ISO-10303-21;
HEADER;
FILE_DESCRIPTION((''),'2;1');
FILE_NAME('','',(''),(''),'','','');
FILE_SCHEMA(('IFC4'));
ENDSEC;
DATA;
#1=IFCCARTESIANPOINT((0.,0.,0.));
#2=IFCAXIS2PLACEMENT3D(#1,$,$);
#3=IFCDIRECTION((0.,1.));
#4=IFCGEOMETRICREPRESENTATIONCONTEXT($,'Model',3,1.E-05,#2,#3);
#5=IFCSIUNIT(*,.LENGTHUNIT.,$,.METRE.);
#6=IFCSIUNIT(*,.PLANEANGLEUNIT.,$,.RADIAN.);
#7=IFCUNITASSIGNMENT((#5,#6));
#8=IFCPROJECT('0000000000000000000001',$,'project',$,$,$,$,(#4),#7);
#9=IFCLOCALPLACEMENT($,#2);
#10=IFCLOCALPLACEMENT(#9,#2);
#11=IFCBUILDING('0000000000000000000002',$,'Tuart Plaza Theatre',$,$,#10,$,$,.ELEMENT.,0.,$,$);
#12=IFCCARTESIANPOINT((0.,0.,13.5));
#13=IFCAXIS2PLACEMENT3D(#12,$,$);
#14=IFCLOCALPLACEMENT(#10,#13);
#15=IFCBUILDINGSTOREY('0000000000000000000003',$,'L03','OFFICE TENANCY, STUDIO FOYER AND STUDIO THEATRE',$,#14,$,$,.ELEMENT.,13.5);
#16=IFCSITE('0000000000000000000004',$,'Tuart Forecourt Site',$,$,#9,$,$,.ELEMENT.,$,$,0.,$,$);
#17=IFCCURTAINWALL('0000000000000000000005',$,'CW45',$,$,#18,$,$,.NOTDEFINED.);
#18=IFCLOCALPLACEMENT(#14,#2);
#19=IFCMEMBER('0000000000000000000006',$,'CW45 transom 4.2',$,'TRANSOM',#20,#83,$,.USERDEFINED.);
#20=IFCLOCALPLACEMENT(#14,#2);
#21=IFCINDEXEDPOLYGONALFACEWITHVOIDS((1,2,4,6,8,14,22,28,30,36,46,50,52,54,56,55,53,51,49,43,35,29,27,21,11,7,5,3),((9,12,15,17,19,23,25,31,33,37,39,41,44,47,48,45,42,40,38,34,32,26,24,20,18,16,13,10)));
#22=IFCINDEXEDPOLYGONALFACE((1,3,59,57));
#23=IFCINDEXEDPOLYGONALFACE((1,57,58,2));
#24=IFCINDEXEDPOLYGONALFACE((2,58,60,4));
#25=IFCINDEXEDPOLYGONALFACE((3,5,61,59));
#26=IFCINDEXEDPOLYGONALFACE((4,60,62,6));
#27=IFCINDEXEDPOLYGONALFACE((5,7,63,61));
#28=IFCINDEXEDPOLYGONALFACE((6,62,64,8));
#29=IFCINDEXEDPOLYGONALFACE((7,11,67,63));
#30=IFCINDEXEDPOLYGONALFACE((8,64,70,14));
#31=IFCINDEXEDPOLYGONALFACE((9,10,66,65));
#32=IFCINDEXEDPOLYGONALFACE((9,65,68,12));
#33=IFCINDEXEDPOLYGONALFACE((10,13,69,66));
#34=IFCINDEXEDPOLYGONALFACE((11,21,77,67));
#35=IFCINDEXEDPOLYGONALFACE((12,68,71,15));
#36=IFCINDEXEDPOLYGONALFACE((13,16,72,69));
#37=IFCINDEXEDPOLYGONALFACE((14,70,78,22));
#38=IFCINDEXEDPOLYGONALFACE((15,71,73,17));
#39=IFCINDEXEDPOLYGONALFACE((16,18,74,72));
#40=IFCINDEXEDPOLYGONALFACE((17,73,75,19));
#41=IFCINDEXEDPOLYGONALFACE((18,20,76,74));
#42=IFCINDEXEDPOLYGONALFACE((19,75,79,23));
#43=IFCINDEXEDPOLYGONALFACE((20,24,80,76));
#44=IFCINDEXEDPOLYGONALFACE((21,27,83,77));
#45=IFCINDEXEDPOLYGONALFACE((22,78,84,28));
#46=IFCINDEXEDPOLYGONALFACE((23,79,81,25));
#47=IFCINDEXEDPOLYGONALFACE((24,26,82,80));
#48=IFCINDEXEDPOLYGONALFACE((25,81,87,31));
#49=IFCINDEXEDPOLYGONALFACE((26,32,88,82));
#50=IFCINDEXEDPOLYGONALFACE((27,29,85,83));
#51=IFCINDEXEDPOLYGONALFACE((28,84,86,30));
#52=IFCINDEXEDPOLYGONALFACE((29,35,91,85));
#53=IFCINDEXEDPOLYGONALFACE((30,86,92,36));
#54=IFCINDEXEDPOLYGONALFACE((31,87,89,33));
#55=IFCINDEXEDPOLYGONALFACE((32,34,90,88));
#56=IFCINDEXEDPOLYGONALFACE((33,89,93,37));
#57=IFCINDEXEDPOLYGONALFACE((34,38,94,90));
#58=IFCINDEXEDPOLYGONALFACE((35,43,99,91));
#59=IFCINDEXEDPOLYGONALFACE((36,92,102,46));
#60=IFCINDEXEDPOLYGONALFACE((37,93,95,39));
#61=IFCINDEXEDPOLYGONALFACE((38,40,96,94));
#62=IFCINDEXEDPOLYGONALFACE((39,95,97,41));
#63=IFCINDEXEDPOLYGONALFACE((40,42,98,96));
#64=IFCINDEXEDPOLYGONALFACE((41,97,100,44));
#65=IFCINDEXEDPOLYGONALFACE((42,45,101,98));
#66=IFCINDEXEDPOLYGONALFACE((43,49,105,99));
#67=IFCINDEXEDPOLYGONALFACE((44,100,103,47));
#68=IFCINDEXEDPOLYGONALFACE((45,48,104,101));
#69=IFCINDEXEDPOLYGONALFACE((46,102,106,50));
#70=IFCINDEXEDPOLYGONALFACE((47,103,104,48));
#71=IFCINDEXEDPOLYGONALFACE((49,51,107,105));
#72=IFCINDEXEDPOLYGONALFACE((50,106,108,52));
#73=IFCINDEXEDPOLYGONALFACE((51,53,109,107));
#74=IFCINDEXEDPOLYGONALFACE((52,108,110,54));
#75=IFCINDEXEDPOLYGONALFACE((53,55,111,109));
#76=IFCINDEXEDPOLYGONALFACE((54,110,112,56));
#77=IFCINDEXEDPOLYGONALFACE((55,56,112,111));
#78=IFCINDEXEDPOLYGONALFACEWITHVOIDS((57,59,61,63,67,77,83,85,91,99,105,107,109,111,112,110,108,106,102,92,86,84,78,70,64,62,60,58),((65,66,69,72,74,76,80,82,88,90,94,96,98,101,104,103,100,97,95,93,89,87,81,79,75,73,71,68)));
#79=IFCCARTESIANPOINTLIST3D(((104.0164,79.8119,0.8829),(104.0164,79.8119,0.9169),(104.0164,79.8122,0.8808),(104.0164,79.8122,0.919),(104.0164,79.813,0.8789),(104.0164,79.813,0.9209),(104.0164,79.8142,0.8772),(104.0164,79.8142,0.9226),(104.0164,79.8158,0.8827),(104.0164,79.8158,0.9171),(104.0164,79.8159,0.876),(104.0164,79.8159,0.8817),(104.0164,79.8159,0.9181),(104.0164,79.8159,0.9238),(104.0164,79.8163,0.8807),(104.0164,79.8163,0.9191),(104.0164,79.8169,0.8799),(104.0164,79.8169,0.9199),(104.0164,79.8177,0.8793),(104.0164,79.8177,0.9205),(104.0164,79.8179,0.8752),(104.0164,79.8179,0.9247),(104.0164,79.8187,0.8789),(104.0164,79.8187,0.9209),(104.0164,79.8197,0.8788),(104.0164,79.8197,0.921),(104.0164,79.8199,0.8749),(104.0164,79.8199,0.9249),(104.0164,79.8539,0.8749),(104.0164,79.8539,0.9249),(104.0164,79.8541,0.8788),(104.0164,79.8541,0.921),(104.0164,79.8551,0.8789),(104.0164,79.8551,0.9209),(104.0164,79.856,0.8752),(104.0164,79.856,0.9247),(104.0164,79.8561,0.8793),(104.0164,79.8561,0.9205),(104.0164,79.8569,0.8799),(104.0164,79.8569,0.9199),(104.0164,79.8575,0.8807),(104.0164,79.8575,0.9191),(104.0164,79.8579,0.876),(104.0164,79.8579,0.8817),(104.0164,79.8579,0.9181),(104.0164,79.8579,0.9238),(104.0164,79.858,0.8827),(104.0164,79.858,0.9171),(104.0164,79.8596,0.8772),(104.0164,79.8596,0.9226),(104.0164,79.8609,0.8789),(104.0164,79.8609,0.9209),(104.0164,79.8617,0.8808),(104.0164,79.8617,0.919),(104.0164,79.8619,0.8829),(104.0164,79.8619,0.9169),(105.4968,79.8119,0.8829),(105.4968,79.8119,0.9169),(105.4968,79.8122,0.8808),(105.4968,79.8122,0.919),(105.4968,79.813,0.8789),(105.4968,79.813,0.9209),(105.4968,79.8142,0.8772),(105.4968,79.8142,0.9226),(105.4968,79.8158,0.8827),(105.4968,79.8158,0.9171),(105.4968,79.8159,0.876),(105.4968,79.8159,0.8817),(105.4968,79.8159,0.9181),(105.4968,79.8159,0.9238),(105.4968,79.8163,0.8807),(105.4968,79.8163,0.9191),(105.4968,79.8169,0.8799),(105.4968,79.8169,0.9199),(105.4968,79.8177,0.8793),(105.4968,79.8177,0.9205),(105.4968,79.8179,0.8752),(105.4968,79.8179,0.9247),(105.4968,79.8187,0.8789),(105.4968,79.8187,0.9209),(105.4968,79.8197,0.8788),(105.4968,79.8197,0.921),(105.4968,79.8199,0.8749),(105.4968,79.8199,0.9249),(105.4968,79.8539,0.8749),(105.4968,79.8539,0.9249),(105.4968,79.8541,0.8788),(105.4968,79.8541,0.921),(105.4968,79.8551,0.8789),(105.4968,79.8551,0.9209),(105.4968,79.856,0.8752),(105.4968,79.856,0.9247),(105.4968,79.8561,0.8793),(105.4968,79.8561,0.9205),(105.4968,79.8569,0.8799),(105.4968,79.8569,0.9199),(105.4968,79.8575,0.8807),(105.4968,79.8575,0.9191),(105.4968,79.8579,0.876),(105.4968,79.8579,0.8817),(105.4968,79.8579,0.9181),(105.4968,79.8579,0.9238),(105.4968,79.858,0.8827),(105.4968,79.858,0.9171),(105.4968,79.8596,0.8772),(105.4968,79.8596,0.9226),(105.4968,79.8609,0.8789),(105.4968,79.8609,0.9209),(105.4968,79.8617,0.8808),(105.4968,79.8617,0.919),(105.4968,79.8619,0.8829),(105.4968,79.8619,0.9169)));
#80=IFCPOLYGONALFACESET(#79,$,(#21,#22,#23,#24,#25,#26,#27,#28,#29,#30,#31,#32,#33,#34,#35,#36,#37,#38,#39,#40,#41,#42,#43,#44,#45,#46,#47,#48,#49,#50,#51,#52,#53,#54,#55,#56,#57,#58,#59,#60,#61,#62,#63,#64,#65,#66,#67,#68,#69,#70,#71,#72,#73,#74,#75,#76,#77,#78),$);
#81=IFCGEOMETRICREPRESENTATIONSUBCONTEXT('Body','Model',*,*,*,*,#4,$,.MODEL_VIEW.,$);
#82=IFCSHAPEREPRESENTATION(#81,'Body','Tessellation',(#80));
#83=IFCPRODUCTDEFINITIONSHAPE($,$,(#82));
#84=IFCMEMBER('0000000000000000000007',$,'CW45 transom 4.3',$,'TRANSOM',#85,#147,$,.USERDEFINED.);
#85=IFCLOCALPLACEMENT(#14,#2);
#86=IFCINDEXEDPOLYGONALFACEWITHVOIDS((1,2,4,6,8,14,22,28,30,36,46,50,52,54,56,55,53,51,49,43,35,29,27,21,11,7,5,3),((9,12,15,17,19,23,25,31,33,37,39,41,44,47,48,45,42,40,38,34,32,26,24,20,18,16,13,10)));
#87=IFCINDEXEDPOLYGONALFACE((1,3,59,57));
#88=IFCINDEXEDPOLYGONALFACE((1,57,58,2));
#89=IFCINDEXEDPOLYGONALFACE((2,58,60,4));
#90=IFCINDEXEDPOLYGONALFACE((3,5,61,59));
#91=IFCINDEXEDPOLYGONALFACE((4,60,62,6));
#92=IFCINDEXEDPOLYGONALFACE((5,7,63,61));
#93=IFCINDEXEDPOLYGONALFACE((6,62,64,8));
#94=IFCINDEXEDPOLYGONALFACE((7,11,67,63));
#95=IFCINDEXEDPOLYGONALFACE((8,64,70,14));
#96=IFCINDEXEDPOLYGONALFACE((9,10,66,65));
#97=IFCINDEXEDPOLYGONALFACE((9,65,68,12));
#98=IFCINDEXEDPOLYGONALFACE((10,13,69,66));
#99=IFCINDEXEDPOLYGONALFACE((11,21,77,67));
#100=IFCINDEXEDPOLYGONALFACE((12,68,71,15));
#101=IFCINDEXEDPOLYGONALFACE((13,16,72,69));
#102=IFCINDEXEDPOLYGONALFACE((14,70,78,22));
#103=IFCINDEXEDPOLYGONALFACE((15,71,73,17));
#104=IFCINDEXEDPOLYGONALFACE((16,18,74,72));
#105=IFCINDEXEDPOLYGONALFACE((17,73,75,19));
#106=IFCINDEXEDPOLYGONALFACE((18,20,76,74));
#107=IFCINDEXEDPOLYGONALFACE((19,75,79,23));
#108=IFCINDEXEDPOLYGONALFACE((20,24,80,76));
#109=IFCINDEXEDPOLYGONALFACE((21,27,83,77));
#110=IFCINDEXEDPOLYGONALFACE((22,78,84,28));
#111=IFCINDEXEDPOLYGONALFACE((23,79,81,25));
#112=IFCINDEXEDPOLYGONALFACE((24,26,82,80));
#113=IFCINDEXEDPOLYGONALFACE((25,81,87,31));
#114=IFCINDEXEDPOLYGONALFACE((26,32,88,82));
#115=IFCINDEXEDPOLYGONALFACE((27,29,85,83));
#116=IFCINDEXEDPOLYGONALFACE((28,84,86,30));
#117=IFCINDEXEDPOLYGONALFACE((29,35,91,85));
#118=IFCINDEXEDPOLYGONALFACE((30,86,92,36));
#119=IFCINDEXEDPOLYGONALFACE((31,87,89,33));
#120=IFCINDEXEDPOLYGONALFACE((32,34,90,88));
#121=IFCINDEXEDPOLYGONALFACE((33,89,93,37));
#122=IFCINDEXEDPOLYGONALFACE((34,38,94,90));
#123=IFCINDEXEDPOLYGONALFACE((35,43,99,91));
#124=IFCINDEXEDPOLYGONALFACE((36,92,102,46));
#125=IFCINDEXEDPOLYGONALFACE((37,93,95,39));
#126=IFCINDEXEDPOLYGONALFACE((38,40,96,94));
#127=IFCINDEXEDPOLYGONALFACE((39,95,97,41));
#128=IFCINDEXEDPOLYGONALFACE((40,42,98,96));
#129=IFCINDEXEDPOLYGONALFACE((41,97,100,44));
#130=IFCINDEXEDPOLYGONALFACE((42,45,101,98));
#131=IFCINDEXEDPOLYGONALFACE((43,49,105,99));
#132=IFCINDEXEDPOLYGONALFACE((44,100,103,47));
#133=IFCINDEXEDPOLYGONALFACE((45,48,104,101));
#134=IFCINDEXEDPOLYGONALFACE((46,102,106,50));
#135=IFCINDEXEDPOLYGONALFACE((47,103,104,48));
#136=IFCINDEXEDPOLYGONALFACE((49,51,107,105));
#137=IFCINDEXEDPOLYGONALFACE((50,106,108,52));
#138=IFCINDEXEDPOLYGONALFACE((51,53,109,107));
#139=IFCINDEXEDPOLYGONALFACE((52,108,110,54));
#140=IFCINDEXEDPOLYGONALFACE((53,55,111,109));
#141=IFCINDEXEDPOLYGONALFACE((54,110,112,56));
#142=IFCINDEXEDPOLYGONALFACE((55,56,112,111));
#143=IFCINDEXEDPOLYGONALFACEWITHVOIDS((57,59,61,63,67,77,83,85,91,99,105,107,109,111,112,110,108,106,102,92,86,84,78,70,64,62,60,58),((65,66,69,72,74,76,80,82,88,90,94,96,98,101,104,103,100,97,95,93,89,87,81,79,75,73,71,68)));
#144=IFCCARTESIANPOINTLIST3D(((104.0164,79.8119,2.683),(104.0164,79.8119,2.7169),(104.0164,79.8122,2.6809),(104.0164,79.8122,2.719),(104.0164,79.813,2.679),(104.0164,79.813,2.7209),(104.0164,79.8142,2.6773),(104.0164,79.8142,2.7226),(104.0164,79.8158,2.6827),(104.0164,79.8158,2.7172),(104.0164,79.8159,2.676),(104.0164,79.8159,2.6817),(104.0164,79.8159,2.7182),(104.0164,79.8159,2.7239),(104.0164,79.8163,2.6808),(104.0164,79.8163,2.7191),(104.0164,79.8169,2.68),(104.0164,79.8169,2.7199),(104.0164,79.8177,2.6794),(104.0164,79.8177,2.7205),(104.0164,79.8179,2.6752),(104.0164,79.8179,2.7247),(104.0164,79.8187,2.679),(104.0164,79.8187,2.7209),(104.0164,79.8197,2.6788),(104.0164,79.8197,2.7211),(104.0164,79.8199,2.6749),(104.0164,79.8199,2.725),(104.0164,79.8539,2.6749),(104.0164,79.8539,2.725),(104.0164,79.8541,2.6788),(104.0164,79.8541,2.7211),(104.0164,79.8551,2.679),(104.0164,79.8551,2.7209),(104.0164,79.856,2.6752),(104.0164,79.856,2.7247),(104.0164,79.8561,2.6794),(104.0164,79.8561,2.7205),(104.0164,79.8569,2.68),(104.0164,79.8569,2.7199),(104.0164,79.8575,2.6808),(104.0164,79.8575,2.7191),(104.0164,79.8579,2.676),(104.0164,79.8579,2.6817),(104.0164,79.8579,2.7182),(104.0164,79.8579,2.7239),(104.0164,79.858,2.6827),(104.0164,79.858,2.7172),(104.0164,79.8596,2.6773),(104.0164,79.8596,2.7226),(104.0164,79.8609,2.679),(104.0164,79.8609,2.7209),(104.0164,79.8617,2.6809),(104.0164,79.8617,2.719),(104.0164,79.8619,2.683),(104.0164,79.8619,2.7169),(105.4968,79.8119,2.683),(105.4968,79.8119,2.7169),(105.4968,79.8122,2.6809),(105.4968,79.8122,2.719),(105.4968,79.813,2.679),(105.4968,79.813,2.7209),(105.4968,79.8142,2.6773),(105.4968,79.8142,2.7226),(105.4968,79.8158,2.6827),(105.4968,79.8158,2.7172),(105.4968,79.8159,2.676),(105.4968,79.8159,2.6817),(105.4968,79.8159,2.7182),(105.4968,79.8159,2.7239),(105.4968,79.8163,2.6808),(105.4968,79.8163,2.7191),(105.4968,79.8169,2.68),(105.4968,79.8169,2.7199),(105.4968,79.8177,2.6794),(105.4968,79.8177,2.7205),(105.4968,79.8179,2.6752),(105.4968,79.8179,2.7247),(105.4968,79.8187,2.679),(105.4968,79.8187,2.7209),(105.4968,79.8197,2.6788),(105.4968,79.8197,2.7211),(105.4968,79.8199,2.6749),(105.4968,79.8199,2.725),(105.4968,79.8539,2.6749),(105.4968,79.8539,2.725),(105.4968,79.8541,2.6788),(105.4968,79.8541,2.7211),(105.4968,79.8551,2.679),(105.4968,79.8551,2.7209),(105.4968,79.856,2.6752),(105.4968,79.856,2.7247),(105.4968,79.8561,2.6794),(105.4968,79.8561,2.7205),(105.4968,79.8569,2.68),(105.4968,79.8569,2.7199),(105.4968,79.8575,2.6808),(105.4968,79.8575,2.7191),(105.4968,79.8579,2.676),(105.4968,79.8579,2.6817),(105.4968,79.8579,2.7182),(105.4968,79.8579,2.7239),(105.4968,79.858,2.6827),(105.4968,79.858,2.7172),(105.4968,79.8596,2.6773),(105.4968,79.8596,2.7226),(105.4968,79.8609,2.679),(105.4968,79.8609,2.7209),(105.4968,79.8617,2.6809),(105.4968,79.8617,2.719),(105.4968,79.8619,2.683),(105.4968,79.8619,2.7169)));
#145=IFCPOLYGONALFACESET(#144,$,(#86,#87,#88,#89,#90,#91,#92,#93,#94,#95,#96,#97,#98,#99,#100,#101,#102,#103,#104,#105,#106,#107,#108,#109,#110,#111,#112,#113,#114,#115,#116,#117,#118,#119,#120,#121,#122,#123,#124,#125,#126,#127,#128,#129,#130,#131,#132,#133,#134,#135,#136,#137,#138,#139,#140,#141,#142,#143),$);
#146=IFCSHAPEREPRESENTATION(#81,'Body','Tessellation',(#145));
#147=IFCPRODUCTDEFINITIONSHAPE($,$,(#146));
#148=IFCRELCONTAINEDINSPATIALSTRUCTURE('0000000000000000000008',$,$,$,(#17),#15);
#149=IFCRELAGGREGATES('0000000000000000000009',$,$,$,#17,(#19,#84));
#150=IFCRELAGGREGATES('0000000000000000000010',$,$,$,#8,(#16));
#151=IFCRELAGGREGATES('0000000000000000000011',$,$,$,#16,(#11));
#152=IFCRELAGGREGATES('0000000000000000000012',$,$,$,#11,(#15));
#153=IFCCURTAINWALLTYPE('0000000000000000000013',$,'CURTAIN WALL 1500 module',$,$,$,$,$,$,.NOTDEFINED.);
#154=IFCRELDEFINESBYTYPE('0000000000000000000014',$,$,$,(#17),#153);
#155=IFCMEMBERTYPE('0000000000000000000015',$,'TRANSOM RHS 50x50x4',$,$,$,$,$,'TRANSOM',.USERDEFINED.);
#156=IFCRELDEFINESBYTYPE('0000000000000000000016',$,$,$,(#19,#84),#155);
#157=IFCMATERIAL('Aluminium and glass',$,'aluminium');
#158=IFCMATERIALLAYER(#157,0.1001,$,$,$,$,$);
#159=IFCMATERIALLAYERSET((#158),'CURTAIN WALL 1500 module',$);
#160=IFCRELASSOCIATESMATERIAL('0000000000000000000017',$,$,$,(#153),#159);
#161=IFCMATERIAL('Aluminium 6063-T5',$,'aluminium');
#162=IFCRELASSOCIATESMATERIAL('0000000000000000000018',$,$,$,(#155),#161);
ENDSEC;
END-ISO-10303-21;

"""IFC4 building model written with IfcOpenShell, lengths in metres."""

from ifc_helpers import new_model, si_unit, direction, frame, origin, origin_2d, place, context, subcontext, project, spatial, hollow_rectangle, extrude, material, layer, layer_set, material_profile, profile_set, type_object, element, aggregate, save


model = new_model("IFC4")

# Units and contexts
model_context = context("Model", 3, precision=1e-05, world=origin(), true_north=direction((0.0, 1.0)))
body_context = subcontext(model_context, "Body", "Model", "MODEL_VIEW")
ifc_project = project(units=[si_unit("LENGTHUNIT", "METRE"), si_unit("PLANEANGLEUNIT", "RADIAN")], contexts=[model_context])

# Site, building, storey
site_placement = place(None, origin())
site = spatial("IfcSite", under=ifc_project, at=site_placement, Name="Tuart Forecourt Site", CompositionType="ELEMENT", RefElevation=0.0)
building_placement = place(site_placement, origin())
building = spatial("IfcBuilding", under=site, at=building_placement, Name="Tuart Plaza Theatre", CompositionType="ELEMENT", ElevationOfRefHeight=0.0)
storey_placement = place(building_placement, frame((0.0, 0.0, 13.5)))
storey = spatial("IfcBuildingStorey", under=building, at=storey_placement, Name="L03", Description="OFFICE TENANCY, STUDIO FOYER AND STUDIO THEATRE", CompositionType="ELEMENT", Elevation=13.5)

# Curtain wall, members
ifc_material_1 = material(Name="Aluminium and glass", Category="aluminium")
ifc_layer_1 = layer(ifc_material_1, 0.1001)
ifc_layer_set_1 = layer_set([ifc_layer_1], Name="CURTAIN WALL 1500 module")
curtain_wall_type = type_object("IfcCurtainWallType", Name="CURTAIN WALL 1500 module", PredefinedType="NOTDEFINED", material=ifc_layer_set_1)
curtain_wall_placement = place(storey_placement, origin())
curtain_wall = element("IfcCurtainWall", 1, at=curtain_wall_placement, inside=storey, type_object=curtain_wall_type, Name="CW45", PredefinedType="NOTDEFINED")
ifc_material_2 = material(Name="Aluminium 6063-T5", Category="aluminium")
ifc_material_profile_1 = material_profile(ifc_material_2, hollow_rectangle(XDim=0.05, YDim=0.05, WallThickness=0.0039, InnerFilletRadius=0.0039, OuterFilletRadius=0.0081, at=origin_2d()), Name="RHS 50x50x4")
ifc_profile_set_1 = profile_set([ifc_material_profile_1], Name="Aluminium 6063-T5")
member_type_1 = type_object("IfcMemberType", Name="TRANSOM RHS 50x50x4", ElementType="TRANSOM", PredefinedType="USERDEFINED", material=ifc_profile_set_1)
member_1_placement = place(storey_placement, frame((104.0164, 79.8369, 0.8999), z_axis=(1.0, 0.0, 0.0), x_axis=(0.0, 1.0, 0.0)))
member_1 = element("IfcMember", 2, at=member_1_placement, type_object=member_type_1, Name="CW45 transom 4.2", ObjectType="TRANSOM", PredefinedType="USERDEFINED", context=body_context, shape_type="SweptSolid", body=[
    extrude(hollow_rectangle(XDim=0.05, YDim=0.05, WallThickness=0.0039, InnerFilletRadius=0.0039, OuterFilletRadius=0.0081, at=origin_2d()), origin(), (0.0, 0.0, 1.0), 1.4805),
])
member_2_placement = place(storey_placement, frame((104.0164, 79.8369, 2.7), z_axis=(1.0, 0.0, 0.0), x_axis=(0.0, 1.0, 0.0)))
member_2 = element("IfcMember", 3, at=member_2_placement, type_object=member_type_1, Name="CW45 transom 4.3", ObjectType="TRANSOM", PredefinedType="USERDEFINED", context=body_context, shape_type="SweptSolid", body=[
    extrude(hollow_rectangle(XDim=0.05, YDim=0.05, WallThickness=0.0039, InnerFilletRadius=0.0039, OuterFilletRadius=0.0081, at=origin_2d()), origin(), (0.0, 0.0, 1.0), 1.4805),
])
aggregate(curtain_wall, [member_1, member_2])

save(model, "model.ifc")
